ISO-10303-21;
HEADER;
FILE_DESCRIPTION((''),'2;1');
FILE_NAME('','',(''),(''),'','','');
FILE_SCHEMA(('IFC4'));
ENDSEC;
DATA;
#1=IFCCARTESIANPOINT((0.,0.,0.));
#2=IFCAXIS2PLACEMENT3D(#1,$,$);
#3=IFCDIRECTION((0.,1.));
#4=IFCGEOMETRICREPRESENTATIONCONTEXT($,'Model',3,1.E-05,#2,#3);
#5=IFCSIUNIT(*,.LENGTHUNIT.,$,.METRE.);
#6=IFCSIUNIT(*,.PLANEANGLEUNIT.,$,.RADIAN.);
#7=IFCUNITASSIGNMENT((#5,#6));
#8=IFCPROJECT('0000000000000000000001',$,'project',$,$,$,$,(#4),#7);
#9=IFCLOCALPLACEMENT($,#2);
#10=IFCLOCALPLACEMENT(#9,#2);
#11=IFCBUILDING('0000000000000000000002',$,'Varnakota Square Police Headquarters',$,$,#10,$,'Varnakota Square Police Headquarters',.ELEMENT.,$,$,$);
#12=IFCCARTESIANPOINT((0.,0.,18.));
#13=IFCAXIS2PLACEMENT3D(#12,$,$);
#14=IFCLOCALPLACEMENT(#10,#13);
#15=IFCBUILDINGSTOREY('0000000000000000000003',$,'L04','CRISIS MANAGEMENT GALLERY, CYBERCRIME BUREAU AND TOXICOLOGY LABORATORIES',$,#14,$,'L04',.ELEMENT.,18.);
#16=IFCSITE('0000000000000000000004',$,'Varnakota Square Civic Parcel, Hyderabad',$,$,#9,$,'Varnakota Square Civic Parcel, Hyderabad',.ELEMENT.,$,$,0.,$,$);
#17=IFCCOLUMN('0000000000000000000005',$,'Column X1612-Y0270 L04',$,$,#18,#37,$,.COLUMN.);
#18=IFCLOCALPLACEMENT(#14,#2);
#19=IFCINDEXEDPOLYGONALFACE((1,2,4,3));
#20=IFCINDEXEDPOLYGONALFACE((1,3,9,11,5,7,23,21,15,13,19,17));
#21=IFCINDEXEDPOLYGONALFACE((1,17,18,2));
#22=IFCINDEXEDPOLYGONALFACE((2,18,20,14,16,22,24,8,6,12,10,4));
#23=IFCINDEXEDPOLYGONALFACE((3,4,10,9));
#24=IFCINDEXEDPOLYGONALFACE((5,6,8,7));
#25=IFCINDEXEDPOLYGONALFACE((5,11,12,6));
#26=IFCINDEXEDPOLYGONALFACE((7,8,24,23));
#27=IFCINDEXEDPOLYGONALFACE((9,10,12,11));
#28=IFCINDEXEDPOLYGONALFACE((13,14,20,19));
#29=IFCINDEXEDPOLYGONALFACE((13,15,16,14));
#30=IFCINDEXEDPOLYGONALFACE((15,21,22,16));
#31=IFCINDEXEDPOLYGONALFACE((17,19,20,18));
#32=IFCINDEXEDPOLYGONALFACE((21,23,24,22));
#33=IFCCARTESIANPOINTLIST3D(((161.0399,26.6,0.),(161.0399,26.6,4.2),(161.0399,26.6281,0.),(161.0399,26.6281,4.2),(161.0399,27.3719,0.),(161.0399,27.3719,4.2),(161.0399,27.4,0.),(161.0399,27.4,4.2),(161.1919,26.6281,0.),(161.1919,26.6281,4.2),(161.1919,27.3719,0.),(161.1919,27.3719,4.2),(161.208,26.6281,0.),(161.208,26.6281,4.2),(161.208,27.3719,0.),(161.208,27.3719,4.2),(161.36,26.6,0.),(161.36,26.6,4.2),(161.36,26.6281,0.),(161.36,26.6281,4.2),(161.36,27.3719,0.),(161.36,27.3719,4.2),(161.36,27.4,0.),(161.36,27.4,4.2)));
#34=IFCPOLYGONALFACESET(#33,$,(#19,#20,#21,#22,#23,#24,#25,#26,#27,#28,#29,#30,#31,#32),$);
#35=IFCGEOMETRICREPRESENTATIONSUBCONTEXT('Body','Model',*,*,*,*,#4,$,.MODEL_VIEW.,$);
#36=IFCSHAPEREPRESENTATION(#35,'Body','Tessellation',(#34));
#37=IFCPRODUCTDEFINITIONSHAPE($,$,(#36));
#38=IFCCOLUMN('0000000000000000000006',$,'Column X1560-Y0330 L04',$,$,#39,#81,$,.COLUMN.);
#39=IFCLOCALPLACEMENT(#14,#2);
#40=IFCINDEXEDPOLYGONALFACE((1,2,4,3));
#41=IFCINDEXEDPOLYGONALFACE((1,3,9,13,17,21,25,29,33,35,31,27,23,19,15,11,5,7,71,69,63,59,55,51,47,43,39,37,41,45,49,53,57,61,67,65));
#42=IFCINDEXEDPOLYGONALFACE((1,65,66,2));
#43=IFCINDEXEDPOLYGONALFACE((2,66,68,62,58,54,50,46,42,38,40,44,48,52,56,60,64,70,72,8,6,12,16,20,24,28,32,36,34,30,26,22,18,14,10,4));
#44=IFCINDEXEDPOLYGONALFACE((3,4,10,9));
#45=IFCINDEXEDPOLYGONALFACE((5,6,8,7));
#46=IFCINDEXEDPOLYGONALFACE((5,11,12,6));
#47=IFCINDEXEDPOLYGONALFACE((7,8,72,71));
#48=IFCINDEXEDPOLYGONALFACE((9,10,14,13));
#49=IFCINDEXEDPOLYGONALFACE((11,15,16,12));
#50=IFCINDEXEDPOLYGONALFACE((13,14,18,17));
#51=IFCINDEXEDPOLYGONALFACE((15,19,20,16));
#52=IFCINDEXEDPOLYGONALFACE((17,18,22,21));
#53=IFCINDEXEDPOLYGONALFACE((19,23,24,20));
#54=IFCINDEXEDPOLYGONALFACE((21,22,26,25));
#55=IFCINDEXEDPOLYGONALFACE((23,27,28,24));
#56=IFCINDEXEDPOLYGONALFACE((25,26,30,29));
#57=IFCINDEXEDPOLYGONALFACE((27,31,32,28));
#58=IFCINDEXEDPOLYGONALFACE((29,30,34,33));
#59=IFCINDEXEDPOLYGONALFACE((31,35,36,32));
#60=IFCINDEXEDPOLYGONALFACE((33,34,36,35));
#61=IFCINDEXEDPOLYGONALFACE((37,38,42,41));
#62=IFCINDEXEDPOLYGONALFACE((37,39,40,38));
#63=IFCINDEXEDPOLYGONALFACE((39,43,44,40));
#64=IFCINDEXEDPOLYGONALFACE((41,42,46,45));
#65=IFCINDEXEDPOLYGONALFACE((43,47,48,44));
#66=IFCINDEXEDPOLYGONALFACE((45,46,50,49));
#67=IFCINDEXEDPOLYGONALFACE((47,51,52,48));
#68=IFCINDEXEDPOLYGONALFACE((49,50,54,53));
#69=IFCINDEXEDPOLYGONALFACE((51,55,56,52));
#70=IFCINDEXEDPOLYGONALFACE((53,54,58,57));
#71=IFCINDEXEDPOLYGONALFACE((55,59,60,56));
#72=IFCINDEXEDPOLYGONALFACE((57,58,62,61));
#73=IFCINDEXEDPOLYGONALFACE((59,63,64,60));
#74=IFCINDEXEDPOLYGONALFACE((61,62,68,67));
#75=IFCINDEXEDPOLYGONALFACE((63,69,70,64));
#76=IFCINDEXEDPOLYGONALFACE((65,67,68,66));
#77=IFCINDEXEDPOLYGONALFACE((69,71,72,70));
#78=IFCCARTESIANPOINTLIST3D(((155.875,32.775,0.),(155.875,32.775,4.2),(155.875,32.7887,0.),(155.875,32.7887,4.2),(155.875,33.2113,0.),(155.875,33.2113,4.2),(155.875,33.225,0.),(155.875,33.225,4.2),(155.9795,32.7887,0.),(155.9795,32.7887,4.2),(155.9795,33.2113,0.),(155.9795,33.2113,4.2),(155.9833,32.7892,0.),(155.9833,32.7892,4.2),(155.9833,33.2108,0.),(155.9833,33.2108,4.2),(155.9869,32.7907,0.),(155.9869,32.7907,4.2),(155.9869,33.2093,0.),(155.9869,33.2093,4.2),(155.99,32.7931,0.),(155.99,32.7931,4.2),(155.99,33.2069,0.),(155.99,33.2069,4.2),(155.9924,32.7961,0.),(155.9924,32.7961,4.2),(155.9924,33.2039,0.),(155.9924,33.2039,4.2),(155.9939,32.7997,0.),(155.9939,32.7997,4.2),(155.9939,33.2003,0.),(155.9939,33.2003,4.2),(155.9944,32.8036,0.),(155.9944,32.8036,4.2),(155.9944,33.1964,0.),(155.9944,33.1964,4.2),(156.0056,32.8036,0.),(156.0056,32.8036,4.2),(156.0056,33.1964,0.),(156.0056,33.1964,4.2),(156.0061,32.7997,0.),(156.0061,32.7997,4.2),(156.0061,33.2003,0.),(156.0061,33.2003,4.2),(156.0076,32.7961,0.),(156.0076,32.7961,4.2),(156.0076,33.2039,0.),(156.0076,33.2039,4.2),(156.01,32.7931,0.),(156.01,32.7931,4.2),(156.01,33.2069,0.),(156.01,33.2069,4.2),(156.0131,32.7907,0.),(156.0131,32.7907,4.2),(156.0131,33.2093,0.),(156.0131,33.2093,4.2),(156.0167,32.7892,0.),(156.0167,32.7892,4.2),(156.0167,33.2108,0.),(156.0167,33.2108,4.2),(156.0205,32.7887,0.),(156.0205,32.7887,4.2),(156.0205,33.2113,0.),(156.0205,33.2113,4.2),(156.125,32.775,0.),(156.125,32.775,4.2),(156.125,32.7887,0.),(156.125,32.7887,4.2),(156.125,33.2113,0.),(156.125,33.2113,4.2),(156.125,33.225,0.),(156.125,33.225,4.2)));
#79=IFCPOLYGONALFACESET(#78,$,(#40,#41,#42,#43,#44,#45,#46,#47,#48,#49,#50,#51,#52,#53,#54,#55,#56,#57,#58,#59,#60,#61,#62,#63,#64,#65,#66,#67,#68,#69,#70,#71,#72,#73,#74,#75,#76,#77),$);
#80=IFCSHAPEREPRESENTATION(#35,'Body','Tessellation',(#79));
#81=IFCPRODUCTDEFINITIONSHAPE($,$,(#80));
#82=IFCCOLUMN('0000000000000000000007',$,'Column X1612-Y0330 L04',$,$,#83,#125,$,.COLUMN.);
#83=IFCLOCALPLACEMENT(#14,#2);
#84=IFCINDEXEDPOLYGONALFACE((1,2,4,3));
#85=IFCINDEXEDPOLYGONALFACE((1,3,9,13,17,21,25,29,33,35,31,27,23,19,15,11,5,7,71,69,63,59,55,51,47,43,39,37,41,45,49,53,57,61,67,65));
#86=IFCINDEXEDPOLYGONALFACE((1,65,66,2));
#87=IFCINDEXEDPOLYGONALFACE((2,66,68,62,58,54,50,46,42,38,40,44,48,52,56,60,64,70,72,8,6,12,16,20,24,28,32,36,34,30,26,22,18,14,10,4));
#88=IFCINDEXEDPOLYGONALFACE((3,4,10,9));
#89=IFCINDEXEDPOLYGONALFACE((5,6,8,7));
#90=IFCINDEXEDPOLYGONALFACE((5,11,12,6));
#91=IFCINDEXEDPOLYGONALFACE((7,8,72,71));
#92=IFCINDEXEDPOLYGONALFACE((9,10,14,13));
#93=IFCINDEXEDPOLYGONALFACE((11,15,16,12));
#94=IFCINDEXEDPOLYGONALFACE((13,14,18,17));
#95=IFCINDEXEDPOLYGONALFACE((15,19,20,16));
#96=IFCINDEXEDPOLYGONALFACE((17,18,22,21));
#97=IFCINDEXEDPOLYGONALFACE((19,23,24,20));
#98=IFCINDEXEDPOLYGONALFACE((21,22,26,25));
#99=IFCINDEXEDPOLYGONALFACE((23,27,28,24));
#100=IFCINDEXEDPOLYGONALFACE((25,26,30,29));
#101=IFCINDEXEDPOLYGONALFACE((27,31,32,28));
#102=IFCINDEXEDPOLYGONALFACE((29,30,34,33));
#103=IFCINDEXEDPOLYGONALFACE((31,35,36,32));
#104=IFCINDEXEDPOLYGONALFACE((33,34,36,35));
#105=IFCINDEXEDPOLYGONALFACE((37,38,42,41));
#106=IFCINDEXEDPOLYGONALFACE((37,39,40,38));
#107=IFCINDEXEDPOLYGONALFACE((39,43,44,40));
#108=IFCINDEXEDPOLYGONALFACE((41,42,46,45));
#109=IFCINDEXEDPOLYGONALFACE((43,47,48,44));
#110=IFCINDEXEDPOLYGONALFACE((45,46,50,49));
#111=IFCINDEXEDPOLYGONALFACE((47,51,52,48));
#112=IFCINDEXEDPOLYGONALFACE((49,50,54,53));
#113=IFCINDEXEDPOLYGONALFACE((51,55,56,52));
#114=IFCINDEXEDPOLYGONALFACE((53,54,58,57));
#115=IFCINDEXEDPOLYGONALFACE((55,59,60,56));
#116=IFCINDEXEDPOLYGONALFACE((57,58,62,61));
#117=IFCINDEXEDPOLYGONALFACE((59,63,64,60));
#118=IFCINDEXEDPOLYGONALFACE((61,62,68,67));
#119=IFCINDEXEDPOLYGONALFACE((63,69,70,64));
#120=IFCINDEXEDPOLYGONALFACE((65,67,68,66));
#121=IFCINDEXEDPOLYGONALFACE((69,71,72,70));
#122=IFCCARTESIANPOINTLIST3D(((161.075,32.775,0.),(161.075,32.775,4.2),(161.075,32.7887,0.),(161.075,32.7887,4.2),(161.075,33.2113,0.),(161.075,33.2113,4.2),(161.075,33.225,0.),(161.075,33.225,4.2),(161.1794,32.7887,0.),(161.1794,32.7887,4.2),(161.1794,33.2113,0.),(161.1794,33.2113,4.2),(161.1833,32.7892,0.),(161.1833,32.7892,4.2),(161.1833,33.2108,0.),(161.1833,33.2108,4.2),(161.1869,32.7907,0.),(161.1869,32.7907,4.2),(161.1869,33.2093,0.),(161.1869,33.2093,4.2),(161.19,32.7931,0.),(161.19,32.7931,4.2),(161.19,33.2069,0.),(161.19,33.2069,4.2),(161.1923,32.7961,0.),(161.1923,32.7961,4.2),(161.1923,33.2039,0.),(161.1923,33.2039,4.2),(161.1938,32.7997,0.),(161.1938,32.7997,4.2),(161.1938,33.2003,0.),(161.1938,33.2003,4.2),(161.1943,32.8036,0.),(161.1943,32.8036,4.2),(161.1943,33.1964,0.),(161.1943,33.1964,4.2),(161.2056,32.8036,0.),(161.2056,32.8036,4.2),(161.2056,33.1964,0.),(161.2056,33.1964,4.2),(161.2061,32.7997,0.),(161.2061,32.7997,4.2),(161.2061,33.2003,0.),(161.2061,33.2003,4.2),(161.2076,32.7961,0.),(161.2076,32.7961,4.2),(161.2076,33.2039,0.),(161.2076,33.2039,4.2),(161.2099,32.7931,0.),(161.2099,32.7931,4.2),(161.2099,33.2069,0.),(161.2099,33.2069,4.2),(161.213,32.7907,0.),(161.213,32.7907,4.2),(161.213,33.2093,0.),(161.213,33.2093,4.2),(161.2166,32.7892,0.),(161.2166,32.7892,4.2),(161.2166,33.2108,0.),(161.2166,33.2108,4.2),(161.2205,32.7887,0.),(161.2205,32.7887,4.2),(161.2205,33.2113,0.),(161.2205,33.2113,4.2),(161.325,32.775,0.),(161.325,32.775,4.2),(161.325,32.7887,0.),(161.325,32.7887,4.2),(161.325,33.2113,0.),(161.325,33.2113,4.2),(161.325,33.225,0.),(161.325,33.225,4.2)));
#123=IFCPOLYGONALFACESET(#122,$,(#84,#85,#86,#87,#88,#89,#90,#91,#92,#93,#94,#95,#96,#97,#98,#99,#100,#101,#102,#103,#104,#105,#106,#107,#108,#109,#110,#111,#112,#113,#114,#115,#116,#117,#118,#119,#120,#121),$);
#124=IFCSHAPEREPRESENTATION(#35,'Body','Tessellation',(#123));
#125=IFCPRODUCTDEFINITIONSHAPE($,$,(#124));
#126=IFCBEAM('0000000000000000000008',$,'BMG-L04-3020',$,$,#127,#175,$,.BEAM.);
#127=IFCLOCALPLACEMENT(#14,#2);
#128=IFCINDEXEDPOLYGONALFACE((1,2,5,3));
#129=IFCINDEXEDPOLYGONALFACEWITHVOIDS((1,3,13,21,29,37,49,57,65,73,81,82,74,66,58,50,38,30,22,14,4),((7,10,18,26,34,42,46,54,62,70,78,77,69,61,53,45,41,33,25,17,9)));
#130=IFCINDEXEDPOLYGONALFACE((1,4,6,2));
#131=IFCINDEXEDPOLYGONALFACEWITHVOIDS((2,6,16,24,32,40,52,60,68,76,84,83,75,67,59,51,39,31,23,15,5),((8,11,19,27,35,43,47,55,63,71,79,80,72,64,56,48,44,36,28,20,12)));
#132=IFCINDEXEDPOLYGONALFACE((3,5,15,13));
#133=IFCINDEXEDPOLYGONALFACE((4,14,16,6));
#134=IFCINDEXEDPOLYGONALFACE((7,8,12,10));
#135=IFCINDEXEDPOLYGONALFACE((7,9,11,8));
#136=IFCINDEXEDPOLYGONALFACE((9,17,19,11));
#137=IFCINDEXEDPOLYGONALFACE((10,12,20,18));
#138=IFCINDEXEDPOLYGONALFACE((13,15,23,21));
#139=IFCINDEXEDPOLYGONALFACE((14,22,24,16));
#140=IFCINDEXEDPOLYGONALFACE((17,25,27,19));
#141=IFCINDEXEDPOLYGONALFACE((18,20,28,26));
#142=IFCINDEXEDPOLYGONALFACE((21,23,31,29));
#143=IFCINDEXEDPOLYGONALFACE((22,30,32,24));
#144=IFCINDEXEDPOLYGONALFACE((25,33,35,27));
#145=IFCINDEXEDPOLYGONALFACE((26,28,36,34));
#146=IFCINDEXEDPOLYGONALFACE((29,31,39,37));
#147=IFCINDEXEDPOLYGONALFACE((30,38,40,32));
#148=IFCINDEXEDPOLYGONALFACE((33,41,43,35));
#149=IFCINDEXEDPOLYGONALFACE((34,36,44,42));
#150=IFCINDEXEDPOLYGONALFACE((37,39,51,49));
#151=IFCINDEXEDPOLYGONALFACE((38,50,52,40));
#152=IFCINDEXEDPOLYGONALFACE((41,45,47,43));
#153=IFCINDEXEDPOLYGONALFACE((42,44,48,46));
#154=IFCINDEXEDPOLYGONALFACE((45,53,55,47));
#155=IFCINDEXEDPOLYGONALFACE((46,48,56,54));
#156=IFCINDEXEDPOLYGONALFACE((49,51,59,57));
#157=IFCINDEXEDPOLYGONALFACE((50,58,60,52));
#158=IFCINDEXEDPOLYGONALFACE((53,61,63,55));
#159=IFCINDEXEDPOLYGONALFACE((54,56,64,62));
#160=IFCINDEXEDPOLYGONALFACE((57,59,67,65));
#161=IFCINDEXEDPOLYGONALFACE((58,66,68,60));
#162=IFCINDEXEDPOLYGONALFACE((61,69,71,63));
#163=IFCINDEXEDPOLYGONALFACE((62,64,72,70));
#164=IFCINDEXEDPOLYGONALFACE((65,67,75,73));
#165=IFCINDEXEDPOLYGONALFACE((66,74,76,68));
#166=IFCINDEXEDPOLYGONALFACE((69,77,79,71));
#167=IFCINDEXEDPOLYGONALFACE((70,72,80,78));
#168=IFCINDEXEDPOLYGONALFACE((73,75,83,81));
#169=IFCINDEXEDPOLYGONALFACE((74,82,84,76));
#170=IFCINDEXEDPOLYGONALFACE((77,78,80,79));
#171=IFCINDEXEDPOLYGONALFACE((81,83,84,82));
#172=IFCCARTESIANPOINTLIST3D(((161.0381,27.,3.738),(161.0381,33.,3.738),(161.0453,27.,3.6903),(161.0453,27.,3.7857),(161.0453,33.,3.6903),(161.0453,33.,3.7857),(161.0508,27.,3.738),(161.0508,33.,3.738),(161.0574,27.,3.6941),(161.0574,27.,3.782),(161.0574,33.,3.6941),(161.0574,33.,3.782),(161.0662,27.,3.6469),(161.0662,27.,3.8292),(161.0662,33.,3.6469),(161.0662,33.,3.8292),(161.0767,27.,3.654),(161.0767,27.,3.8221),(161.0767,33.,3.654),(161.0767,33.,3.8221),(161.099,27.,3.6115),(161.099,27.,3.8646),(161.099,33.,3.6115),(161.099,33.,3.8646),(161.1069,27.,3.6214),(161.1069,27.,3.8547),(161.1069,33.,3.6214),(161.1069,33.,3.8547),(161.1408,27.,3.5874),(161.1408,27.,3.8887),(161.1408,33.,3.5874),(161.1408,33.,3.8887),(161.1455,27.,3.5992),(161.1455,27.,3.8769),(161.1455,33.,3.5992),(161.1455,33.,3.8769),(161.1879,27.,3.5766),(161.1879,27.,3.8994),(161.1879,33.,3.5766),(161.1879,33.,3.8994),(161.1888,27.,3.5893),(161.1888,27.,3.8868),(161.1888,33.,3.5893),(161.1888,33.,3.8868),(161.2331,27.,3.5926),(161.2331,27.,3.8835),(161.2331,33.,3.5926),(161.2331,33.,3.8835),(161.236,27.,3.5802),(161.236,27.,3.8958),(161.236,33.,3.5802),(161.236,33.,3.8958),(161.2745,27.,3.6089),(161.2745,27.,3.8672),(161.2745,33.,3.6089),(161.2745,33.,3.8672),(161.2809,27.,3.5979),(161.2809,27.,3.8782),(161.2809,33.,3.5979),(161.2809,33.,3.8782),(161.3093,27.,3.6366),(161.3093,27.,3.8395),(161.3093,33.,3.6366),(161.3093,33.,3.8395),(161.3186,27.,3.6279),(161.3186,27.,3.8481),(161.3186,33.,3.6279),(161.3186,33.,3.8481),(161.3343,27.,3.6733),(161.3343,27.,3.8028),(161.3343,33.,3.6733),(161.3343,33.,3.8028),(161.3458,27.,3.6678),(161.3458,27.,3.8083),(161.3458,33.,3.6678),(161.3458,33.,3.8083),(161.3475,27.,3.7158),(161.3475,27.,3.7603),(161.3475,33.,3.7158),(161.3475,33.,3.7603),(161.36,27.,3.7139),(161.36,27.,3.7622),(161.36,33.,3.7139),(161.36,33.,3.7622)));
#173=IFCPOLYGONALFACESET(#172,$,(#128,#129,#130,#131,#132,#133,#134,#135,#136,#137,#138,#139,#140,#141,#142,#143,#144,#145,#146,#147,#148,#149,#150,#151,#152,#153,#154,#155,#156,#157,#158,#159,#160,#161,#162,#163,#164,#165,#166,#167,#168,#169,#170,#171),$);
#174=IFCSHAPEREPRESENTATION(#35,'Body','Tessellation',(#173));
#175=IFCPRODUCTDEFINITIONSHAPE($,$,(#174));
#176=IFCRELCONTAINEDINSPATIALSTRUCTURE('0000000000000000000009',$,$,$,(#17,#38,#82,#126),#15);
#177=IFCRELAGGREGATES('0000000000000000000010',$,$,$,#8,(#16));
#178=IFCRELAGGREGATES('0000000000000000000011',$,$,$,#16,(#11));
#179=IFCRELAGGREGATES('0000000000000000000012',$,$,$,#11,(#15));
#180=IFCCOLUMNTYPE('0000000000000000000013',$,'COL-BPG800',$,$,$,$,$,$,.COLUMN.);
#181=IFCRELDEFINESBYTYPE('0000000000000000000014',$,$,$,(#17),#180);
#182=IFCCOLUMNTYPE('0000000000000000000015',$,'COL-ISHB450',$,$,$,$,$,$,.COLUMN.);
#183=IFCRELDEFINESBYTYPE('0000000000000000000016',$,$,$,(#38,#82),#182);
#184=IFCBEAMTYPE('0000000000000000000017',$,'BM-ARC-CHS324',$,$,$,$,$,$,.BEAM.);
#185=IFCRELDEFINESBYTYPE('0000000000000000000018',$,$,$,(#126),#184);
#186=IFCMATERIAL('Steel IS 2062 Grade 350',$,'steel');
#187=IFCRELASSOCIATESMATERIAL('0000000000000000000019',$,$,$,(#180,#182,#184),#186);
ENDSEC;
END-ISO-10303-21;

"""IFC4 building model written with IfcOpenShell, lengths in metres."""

from ifc_helpers import new_model, si_unit, direction, frame, origin, origin_2d, place, context, subcontext, project, spatial, hollow_circle, i_section, extrude, material, material_profile, profile_set, type_object, element, save


model = new_model("IFC4")

# Units and contexts
model_context = context("Model", 3, precision=1e-05, world=origin(), true_north=direction((0.0, 1.0)))
body_context = subcontext(model_context, "Body", "Model", "MODEL_VIEW")
ifc_project = project(units=[si_unit("LENGTHUNIT", "METRE"), si_unit("PLANEANGLEUNIT", "RADIAN")], contexts=[model_context])

# Site, building, storey
site_placement = place(None, origin())
site = spatial("IfcSite", under=ifc_project, at=site_placement, Name="Varnakota Square Civic Parcel, Hyderabad", LongName="Varnakota Square Civic Parcel, Hyderabad", CompositionType="ELEMENT", RefElevation=0.0)
building_placement = place(site_placement, origin())
building = spatial("IfcBuilding", under=site, at=building_placement, Name="Varnakota Square Police Headquarters", LongName="Varnakota Square Police Headquarters", CompositionType="ELEMENT")
storey_placement = place(building_placement, frame((0.0, 0.0, 18.0)))
storey = spatial("IfcBuildingStorey", under=building, at=storey_placement, Name="L04", Description="CRISIS MANAGEMENT GALLERY, CYBERCRIME BUREAU AND TOXICOLOGY LABORATORIES", LongName="L04", CompositionType="ELEMENT", Elevation=18.0)

# Columns
ifc_material_1 = material(Name="Steel IS 2062 Grade 350", Category="steel")
ifc_material_profile_1 = material_profile(ifc_material_1, i_section(OverallWidth=0.3201, OverallDepth=0.8, WebThickness=0.0161, FlangeThickness=0.0281, at=origin_2d()), Name="BPG 800x320")
ifc_profile_set_1 = profile_set([ifc_material_profile_1], Name="Steel IS 2062 Grade 350")
column_type_1 = type_object("IfcColumnType", Name="COL-BPG800", PredefinedType="COLUMN", material=ifc_profile_set_1)
column_placement = place(storey_placement, frame((161.2, 27.0, 0.0), z_axis=(0.0, 0.0, 1.0), x_axis=(1.0, 0.0, 0.0)))
element("IfcColumn", 1, at=column_placement, inside=storey, type_object=column_type_1, Name="Column X1612-Y0270 L04", PredefinedType="COLUMN", context=body_context, shape_type="SweptSolid", body=[
    extrude(i_section(OverallWidth=0.3201, OverallDepth=0.8, WebThickness=0.0161, FlangeThickness=0.0281, at=origin_2d()), origin(), (0.0, 0.0, 1.0), 4.2),
])
ifc_material_profile_2 = material_profile(ifc_material_1, i_section(OverallWidth=0.25, OverallDepth=0.45, WebThickness=0.0112, FlangeThickness=0.0137, FilletRadius=0.0149, at=origin_2d()), Name="ISHB 450")
ifc_profile_set_2 = profile_set([ifc_material_profile_2], Name="Steel IS 2062 Grade 350")
column_type_2 = type_object("IfcColumnType", Name="COL-ISHB450", PredefinedType="COLUMN", material=ifc_profile_set_2)
for number, where, z_axis, x_axis, name in (
    (2, (156.0, 33.0, 0.0), (0.0, 0.0, 1.0), (1.0, 0.0, 0.0), "Column X1560-Y0330 L04"),
    (3, (161.2, 33.0, 0.0), (0.0, 0.0, 1.0), (1.0, 0.0, 0.0), "Column X1612-Y0330 L04"),
):
    element("IfcColumn", number, at=place(storey_placement, frame(where, z_axis=z_axis, x_axis=x_axis)), inside=storey, type_object=column_type_2, Name=name, PredefinedType="COLUMN", context=body_context, shape_type="SweptSolid", body=[
        extrude(i_section(OverallWidth=0.25, OverallDepth=0.45, WebThickness=0.0112, FlangeThickness=0.0137, FilletRadius=0.0149, at=origin_2d()), origin(), (0.0, 0.0, 1.0), 4.2),
    ])

# Beam
ifc_material_profile_3 = material_profile(ifc_material_1, hollow_circle(Radius=0.1619, WallThickness=0.0127, at=origin_2d()), Name="CHS 323.9x12.7")
ifc_profile_set_3 = profile_set([ifc_material_profile_3], Name="Steel IS 2062 Grade 350")
beam_type_1 = type_object("IfcBeamType", Name="BM-ARC-CHS324", PredefinedType="BEAM", material=ifc_profile_set_3)
beam_placement = place(storey_placement, frame((161.2, 27.0, 3.738), z_axis=(0.0, 1.0, 0.0), x_axis=(-1.0, 0.0, 0.0)))
element("IfcBeam", 4, at=beam_placement, inside=storey, type_object=beam_type_1, Name="BMG-L04-3020", PredefinedType="BEAM", context=body_context, shape_type="SweptSolid", body=[
    extrude(hollow_circle(Radius=0.1619, WallThickness=0.0127, at=origin_2d()), origin(), (0.0, 0.0, 1.0), 6.0),
])

save(model, "model.ifc")
